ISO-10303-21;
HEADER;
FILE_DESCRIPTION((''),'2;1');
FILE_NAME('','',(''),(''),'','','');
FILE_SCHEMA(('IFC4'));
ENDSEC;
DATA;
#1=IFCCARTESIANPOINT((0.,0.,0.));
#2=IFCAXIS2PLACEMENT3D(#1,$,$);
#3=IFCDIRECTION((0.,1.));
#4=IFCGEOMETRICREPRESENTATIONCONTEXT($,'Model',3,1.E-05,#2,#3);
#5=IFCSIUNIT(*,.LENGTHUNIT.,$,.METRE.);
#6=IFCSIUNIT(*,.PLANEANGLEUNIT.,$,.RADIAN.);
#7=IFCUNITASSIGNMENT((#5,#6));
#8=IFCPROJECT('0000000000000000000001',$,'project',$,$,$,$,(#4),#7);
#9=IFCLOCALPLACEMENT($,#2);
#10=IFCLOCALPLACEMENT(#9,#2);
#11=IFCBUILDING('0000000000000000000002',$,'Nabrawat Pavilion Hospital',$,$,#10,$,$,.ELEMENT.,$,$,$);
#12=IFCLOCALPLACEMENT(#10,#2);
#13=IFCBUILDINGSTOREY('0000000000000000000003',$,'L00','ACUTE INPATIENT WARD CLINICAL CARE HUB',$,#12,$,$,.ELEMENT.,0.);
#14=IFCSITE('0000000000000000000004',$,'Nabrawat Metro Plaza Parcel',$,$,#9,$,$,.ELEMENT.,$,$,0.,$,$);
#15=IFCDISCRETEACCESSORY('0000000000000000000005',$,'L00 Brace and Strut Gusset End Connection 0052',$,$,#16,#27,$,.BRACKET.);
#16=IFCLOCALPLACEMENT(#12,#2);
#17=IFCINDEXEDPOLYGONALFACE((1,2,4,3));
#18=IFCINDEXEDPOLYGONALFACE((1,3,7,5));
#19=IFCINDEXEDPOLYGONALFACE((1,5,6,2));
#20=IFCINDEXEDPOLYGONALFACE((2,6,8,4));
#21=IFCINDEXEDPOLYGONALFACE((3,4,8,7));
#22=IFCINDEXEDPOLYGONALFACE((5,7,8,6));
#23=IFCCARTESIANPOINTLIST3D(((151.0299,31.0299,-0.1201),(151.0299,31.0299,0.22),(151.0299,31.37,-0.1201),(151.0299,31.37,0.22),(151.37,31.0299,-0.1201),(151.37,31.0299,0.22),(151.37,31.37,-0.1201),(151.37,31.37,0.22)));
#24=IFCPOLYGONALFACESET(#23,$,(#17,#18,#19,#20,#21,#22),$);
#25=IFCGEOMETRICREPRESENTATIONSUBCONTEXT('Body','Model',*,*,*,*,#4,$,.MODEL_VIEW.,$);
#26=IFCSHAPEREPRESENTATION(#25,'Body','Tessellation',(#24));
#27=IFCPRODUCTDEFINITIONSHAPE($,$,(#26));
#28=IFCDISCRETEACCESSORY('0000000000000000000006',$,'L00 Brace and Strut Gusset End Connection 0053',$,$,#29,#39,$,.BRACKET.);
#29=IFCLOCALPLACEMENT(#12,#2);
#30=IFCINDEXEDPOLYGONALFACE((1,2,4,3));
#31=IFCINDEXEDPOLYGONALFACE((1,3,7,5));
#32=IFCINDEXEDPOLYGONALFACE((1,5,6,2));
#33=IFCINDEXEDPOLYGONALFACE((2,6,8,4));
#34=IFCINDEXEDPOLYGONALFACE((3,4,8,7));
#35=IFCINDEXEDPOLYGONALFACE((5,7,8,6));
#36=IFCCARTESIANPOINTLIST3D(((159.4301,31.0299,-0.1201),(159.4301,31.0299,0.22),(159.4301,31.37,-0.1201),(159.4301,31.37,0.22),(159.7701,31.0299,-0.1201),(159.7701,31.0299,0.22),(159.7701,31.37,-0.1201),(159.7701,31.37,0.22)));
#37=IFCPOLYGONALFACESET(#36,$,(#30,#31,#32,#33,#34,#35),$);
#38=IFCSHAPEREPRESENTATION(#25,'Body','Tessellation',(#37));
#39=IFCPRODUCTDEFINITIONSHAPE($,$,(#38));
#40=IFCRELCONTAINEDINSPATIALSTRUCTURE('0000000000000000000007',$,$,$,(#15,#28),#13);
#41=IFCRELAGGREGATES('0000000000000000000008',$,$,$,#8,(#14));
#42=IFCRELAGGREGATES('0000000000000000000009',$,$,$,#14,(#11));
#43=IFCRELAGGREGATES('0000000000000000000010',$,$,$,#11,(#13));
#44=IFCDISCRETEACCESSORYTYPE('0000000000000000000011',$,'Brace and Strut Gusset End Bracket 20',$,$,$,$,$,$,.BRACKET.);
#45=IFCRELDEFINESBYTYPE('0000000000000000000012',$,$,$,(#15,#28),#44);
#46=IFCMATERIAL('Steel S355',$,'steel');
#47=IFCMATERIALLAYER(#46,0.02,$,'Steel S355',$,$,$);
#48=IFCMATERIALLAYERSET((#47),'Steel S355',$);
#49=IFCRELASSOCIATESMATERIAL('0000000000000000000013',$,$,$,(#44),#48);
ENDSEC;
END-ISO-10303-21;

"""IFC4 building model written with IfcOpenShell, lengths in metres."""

from ifc_helpers import new_model, si_unit, direction, frame, origin, origin_2d, place, context, subcontext, project, spatial, rectangle, extrude, material, layer, layer_set, type_object, element, save


model = new_model("IFC4")

# Units and contexts
model_context = context("Model", 3, precision=1e-05, world=origin(), true_north=direction((0.0, 1.0)))
body_context = subcontext(model_context, "Body", "Model", "MODEL_VIEW")
ifc_project = project(units=[si_unit("LENGTHUNIT", "METRE"), si_unit("PLANEANGLEUNIT", "RADIAN")], contexts=[model_context])

# Site, building, storey
site_placement = place(None, origin())
site = spatial("IfcSite", under=ifc_project, at=site_placement, Name="Nabrawat Metro Plaza Parcel", CompositionType="ELEMENT", RefElevation=0.0)
building_placement = place(site_placement, origin())
building = spatial("IfcBuilding", under=site, at=building_placement, Name="Nabrawat Pavilion Hospital", CompositionType="ELEMENT")
storey_placement = place(building_placement, origin())
storey = spatial("IfcBuildingStorey", under=building, at=storey_placement, Name="L00", Description="ACUTE INPATIENT WARD CLINICAL CARE HUB", CompositionType="ELEMENT", Elevation=0.0)

# Shared definitions
ifc_material_1 = material(Name="Steel S355", Category="steel")

# Discrete accessories
ifc_layer_1 = layer(ifc_material_1, 0.02, Name="Steel S355")
ifc_layer_set_1 = layer_set([ifc_layer_1], Name="Steel S355")
discrete_accessory_type = type_object("IfcDiscreteAccessoryType", Name="Brace and Strut Gusset End Bracket 20", PredefinedType="BRACKET", material=ifc_layer_set_1)
for number, where, z_axis, x_axis, name in (
    (1, (151.2, 31.2, -0.1201), (0.0, 0.0, 1.0), (1.0, 0.0, 0.0), "L00 Brace and Strut Gusset End Connection 0052"),
    (2, (159.6001, 31.2, -0.1201), (0.0, 0.0, 1.0), (1.0, 0.0, 0.0), "L00 Brace and Strut Gusset End Connection 0053"),
):
    element("IfcDiscreteAccessory", number, at=place(storey_placement, frame(where, z_axis=z_axis, x_axis=x_axis)), inside=storey, type_object=discrete_accessory_type, Name=name, PredefinedType="BRACKET", context=body_context, shape_type="SweptSolid", body=[
        extrude(rectangle(XDim=0.3401, YDim=0.3401, at=origin_2d()), origin(), (0.0, 0.0, 1.0), 0.3401),
    ])

save(model, "model.ifc")
